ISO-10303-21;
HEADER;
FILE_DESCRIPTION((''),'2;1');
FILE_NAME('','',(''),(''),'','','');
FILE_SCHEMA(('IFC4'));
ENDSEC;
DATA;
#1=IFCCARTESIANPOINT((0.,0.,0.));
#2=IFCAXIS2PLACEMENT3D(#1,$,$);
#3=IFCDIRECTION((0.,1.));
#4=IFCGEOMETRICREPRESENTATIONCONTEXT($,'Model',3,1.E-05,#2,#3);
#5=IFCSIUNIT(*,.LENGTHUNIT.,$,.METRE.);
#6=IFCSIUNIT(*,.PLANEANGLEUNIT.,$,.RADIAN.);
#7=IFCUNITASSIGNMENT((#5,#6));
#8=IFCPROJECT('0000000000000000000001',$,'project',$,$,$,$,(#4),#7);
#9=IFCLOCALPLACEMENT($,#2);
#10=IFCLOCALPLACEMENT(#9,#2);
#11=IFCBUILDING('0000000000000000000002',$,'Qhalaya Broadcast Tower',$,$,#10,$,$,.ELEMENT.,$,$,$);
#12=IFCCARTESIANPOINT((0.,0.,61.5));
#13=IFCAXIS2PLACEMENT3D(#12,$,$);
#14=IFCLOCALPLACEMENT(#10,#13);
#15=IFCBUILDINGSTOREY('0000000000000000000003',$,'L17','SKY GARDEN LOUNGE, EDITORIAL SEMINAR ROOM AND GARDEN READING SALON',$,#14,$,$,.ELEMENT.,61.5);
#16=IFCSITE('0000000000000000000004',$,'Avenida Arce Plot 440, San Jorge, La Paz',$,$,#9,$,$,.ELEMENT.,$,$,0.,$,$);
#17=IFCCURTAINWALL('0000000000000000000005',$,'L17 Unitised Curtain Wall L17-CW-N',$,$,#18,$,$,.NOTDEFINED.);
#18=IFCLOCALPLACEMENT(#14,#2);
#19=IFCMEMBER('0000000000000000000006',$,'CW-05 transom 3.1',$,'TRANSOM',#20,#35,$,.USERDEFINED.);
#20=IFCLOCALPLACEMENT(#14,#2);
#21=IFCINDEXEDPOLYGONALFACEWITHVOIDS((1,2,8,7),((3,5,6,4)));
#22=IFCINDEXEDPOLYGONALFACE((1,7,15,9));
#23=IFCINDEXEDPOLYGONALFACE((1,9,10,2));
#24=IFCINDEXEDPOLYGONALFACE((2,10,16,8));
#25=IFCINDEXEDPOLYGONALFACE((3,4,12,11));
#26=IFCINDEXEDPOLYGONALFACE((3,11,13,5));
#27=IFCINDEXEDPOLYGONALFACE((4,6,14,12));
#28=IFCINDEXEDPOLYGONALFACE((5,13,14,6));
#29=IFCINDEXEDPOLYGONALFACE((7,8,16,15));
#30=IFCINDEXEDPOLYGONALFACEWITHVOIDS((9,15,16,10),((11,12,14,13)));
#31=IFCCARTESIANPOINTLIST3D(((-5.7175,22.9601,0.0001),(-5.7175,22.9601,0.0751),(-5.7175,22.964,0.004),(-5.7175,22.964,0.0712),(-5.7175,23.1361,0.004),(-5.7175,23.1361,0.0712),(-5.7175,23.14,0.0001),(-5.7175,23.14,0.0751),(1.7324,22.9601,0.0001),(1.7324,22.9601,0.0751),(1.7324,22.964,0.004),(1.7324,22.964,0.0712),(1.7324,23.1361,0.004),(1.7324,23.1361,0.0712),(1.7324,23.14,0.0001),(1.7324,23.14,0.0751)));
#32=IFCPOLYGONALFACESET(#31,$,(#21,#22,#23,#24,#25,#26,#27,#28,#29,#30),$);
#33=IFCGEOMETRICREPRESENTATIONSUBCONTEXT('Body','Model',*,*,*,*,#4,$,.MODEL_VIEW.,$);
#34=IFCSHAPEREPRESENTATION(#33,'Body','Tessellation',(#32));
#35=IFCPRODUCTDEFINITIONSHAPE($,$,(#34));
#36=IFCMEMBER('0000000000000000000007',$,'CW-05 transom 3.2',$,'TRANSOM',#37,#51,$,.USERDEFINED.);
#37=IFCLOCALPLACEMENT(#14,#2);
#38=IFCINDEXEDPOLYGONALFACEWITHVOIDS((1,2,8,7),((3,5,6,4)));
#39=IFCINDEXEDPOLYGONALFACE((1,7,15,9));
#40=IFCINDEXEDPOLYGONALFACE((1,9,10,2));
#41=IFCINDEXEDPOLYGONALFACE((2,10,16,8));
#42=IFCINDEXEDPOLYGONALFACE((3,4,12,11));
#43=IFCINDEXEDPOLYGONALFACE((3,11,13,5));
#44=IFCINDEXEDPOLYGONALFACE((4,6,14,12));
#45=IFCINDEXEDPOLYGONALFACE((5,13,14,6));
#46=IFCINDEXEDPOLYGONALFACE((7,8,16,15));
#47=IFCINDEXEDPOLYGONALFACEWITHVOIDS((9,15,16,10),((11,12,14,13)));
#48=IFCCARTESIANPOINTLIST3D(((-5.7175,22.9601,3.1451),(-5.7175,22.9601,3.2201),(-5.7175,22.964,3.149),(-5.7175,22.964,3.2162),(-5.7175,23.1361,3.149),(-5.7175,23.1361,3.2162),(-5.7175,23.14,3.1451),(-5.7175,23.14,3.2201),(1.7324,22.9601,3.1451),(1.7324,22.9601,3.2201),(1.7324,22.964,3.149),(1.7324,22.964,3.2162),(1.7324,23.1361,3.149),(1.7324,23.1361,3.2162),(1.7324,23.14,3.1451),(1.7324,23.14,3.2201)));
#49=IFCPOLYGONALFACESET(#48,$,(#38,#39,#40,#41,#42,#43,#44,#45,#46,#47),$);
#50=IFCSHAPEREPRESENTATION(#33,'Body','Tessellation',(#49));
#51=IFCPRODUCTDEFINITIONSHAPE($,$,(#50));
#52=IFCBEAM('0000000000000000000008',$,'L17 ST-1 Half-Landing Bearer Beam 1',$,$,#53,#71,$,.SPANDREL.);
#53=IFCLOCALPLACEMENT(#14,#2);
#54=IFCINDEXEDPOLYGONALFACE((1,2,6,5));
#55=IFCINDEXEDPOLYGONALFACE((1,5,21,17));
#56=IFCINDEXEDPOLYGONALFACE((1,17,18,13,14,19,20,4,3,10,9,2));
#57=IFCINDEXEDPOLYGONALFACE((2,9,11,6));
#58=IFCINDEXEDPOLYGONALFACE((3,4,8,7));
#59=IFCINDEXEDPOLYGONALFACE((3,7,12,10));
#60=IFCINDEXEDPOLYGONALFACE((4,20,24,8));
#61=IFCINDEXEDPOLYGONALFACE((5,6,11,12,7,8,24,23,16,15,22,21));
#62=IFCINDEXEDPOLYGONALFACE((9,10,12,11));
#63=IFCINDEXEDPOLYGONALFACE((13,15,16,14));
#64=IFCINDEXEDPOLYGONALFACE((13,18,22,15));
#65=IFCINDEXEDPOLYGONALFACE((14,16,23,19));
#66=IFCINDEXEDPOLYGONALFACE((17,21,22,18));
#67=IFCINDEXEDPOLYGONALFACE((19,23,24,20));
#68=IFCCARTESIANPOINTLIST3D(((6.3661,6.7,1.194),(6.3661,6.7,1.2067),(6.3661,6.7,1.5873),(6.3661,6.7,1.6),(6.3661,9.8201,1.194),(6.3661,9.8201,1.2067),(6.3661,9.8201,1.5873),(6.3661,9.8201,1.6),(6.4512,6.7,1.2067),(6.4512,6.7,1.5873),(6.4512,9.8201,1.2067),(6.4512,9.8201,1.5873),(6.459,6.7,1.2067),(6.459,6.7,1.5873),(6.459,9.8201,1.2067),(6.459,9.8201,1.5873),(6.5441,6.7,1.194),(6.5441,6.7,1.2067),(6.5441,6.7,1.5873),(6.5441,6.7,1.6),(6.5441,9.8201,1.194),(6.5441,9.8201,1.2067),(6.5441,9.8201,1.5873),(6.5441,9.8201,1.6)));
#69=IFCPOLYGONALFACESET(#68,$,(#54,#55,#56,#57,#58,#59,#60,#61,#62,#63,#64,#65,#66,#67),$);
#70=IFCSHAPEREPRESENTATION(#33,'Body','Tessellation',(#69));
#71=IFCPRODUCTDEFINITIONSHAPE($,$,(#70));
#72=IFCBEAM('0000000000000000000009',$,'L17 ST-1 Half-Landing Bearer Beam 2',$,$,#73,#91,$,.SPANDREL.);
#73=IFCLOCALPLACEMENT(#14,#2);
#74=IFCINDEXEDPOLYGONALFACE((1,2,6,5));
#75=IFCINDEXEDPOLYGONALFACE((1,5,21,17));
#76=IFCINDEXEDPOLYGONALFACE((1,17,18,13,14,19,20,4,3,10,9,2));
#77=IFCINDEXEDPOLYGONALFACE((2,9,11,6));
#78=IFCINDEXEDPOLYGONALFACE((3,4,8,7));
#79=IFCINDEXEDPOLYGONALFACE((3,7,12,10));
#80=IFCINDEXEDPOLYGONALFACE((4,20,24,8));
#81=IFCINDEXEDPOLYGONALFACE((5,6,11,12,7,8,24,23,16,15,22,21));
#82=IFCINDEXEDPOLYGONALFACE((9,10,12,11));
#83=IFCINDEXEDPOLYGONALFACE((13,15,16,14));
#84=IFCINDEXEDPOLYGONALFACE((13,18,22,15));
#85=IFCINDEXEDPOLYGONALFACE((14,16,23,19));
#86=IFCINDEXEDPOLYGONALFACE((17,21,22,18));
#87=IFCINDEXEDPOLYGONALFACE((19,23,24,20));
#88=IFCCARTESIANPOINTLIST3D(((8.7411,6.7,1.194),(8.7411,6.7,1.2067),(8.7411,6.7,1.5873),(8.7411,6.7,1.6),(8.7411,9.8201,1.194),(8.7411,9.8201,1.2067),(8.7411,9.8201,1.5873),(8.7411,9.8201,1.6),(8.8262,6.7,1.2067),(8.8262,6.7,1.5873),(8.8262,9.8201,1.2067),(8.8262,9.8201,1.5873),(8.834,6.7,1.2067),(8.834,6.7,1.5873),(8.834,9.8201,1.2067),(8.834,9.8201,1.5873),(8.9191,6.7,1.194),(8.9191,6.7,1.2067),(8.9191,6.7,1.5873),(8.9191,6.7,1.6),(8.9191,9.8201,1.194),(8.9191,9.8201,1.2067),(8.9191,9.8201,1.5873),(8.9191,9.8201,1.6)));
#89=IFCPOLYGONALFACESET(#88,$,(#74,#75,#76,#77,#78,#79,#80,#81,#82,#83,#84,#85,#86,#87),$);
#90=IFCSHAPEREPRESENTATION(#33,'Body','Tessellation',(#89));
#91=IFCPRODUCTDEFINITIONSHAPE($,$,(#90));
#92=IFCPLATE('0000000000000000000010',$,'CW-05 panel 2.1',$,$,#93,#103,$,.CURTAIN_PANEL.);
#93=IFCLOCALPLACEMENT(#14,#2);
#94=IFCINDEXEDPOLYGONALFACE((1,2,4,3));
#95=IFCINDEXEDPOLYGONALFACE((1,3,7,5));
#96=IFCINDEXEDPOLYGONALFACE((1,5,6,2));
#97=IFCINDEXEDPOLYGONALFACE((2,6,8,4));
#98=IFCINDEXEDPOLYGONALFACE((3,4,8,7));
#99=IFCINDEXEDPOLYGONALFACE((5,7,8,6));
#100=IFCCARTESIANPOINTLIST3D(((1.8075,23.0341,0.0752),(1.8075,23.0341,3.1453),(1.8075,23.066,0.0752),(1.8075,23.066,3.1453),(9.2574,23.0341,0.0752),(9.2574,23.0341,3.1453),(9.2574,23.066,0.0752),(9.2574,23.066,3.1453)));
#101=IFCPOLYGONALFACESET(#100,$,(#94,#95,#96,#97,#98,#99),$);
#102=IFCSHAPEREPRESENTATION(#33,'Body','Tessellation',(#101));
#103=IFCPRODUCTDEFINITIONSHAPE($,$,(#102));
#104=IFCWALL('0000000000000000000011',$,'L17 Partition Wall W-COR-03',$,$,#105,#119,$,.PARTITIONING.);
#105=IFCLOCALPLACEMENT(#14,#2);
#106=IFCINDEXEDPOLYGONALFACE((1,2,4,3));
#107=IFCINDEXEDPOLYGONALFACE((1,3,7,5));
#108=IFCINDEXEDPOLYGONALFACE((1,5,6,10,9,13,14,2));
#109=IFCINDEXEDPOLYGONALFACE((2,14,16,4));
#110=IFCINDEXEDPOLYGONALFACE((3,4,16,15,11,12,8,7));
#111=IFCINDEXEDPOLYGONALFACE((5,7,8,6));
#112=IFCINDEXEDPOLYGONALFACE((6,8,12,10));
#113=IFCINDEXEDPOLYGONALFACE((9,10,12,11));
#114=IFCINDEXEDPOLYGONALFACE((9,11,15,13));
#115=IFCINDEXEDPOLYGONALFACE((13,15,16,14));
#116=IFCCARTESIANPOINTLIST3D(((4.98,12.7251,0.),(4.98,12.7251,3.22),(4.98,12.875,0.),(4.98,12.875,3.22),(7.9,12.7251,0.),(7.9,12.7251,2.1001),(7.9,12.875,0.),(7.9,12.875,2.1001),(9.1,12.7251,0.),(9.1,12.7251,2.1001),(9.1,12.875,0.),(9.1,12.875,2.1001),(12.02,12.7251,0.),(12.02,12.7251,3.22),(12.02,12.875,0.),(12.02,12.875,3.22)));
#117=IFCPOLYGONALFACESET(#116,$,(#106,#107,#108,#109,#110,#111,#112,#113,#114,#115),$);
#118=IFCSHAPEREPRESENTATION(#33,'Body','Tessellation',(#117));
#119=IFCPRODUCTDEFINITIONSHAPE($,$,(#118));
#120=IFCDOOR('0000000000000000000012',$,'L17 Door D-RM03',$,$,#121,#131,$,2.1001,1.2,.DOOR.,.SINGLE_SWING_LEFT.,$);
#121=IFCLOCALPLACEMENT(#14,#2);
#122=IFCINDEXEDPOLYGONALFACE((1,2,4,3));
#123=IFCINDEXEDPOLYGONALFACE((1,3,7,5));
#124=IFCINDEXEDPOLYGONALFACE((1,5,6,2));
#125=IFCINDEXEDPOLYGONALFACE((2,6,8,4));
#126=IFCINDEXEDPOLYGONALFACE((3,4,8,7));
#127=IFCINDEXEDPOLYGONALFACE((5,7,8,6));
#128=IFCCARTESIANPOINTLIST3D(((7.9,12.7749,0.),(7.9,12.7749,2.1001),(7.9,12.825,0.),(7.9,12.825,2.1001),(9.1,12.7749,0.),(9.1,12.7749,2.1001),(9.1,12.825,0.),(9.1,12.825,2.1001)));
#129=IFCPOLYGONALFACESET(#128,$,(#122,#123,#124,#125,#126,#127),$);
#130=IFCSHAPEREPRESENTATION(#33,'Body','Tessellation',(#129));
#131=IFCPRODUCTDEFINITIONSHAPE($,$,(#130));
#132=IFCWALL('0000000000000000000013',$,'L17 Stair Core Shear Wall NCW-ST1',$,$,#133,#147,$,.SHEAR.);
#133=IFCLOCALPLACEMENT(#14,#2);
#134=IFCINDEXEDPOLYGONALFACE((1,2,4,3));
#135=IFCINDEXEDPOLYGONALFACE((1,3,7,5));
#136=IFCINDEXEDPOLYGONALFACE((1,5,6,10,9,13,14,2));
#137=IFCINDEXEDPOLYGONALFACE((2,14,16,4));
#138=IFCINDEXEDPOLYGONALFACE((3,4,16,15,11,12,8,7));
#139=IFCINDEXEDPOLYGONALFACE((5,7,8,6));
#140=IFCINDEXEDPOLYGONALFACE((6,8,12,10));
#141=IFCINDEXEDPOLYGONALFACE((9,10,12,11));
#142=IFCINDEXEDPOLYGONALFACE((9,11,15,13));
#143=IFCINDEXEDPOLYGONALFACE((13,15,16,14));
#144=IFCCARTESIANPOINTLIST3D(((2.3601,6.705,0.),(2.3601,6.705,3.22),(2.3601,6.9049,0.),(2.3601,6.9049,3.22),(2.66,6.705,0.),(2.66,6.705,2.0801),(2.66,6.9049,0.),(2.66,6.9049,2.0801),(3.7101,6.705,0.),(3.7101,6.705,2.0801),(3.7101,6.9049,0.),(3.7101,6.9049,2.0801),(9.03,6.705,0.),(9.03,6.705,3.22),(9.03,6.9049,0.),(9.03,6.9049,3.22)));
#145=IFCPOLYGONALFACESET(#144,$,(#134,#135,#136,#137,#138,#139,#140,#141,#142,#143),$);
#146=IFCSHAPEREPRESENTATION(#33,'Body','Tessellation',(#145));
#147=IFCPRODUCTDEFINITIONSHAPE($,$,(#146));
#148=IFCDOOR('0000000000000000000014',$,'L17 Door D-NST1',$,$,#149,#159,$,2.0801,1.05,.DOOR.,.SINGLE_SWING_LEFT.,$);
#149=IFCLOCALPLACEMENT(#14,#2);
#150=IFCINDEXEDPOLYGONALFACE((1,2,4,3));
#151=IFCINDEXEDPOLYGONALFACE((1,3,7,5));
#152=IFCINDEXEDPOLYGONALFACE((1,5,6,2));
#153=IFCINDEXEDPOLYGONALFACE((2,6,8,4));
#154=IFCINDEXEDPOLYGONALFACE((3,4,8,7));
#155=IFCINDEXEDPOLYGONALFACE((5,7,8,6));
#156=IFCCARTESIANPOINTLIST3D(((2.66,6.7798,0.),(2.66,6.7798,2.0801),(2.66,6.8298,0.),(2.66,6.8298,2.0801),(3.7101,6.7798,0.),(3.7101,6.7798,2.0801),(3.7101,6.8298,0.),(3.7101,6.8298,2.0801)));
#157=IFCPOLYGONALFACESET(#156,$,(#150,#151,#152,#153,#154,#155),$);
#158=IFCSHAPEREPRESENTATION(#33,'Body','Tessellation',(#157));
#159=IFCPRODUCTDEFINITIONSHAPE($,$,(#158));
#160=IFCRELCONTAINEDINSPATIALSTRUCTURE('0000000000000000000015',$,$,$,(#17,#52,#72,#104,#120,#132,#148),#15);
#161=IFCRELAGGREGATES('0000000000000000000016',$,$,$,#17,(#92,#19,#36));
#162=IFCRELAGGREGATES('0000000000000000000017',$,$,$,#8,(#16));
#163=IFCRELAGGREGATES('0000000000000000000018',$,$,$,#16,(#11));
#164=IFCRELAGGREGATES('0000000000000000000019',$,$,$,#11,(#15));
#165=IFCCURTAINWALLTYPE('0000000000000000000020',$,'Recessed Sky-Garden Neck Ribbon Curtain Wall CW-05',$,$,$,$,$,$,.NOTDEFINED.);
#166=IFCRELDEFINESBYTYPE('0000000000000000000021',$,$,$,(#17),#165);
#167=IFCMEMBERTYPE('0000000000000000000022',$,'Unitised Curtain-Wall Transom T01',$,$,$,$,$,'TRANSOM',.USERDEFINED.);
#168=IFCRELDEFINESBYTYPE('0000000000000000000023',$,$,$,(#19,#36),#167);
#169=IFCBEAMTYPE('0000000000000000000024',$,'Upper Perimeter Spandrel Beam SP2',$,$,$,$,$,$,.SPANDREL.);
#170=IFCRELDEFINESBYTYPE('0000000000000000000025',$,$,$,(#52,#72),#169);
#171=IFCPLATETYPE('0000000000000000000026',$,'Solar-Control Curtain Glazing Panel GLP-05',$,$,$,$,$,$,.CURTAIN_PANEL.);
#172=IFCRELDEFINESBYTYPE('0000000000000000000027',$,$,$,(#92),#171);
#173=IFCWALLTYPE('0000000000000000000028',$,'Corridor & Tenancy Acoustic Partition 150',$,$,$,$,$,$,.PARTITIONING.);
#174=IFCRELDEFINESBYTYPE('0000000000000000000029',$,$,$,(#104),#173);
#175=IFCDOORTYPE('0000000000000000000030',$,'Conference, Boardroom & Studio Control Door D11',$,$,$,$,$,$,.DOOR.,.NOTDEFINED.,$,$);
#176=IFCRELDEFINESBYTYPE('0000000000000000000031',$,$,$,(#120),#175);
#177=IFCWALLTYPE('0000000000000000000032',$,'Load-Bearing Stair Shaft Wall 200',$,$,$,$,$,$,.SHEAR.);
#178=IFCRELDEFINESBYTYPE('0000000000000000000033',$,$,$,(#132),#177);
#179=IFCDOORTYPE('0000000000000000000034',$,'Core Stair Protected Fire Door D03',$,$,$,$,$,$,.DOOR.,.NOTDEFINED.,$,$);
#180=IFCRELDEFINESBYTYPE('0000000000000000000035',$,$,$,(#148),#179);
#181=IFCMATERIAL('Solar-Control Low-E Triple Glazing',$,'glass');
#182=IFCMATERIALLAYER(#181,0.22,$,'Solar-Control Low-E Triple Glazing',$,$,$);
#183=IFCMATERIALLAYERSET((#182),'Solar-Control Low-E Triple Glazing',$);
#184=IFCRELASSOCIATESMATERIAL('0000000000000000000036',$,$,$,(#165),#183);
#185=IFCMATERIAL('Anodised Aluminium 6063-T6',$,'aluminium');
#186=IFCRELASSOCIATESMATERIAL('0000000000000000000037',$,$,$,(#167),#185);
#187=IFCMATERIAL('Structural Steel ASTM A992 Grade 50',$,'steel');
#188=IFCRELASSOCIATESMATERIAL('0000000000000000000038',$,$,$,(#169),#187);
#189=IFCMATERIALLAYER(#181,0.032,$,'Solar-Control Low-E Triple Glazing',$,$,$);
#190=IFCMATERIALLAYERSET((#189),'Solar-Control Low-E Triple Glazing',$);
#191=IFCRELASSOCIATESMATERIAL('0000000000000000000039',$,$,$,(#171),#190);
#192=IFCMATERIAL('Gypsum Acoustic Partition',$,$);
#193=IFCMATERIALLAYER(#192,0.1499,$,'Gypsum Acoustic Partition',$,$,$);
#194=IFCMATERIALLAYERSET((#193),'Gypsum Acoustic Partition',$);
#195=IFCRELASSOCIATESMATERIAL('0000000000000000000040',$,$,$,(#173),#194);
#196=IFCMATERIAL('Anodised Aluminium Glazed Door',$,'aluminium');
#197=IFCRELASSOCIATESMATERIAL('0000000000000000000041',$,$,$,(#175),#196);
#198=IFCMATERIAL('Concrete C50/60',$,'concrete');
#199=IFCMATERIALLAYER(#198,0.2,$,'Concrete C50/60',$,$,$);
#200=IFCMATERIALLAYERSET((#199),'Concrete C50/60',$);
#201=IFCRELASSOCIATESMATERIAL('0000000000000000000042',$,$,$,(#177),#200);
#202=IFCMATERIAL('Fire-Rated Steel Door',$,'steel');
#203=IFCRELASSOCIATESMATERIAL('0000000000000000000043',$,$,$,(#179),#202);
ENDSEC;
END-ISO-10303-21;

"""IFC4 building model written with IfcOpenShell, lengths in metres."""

from ifc_helpers import new_model, si_unit, direction, frame, frame_2d, origin, origin_2d, place, context, subcontext, project, spatial, rectangle, hollow_rectangle, i_section, extrude, material, layer, layer_set, material_profile, profile_set, type_object, element, fill, aggregate, save


model = new_model("IFC4")

# Units and contexts
model_context = context("Model", 3, precision=1e-05, world=origin(), true_north=direction((0.0, 1.0)))
body_context = subcontext(model_context, "Body", "Model", "MODEL_VIEW")
ifc_project = project(units=[si_unit("LENGTHUNIT", "METRE"), si_unit("PLANEANGLEUNIT", "RADIAN")], contexts=[model_context])

# Site, building, storey
site_placement = place(None, origin())
site = spatial("IfcSite", under=ifc_project, at=site_placement, Name="Avenida Arce Plot 440, San Jorge, La Paz", CompositionType="ELEMENT", RefElevation=0.0)
building_placement = place(site_placement, origin())
building = spatial("IfcBuilding", under=site, at=building_placement, Name="Qhalaya Broadcast Tower", CompositionType="ELEMENT")
storey_placement = place(building_placement, frame((0.0, 0.0, 61.5)))
storey = spatial("IfcBuildingStorey", under=building, at=storey_placement, Name="L17", Description="SKY GARDEN LOUNGE, EDITORIAL SEMINAR ROOM AND GARDEN READING SALON", CompositionType="ELEMENT", Elevation=61.5)

# Shared definitions
ifc_material_1 = material(Name="Concrete C50/60", Category="concrete")

# Shared definitions
ifc_material_2 = material(Name="Structural Steel ASTM A992 Grade 50", Category="steel")

# Curtain wall, members
ifc_material_3 = material(Name="Solar-Control Low-E Triple Glazing", Category="glass")
ifc_layer_1 = layer(ifc_material_3, 0.22, Name="Solar-Control Low-E Triple Glazing")
ifc_layer_set_1 = layer_set([ifc_layer_1], Name="Solar-Control Low-E Triple Glazing")
curtain_wall_type = type_object("IfcCurtainWallType", Name="Recessed Sky-Garden Neck Ribbon Curtain Wall CW-05", PredefinedType="NOTDEFINED", material=ifc_layer_set_1)
curtain_wall_placement = place(storey_placement, origin())
curtain_wall = element("IfcCurtainWall", 1, at=curtain_wall_placement, inside=storey, type_object=curtain_wall_type, Name="L17 Unitised Curtain Wall L17-CW-N", PredefinedType="NOTDEFINED")
ifc_material_4 = material(Name="Anodised Aluminium 6063-T6", Category="aluminium")
ifc_material_profile_1 = material_profile(ifc_material_4, hollow_rectangle(XDim=0.075, YDim=0.1799, WallThickness=0.0039, at=origin_2d()), Name="ALU-TRN 75x180x4")
ifc_profile_set_1 = profile_set([ifc_material_profile_1], Name="Anodised Aluminium 6063-T6")
member_type_1 = type_object("IfcMemberType", Name="Unitised Curtain-Wall Transom T01", ElementType="TRANSOM", PredefinedType="USERDEFINED", material=ifc_profile_set_1)
member_1_placement = place(storey_placement, frame((1.7324, 23.05, 0.0376), z_axis=(-1.0, 0.0, 0.0), x_axis=(0.0, 0.0, 1.0)))
member_1 = element("IfcMember", 2, at=member_1_placement, type_object=member_type_1, Name="CW-05 transom 3.1", ObjectType="TRANSOM", PredefinedType="USERDEFINED", context=body_context, shape_type="SweptSolid", body=[
    extrude(hollow_rectangle(XDim=0.075, YDim=0.1799, WallThickness=0.0039, at=origin_2d()), origin(), (0.0, 0.0, 1.0), 7.45),
])
member_2_placement = place(storey_placement, frame((1.7324, 23.05, 3.1826), z_axis=(-1.0, 0.0, 0.0), x_axis=(0.0, 0.0, 1.0)))
member_2 = element("IfcMember", 3, at=member_2_placement, type_object=member_type_1, Name="CW-05 transom 3.2", ObjectType="TRANSOM", PredefinedType="USERDEFINED", context=body_context, shape_type="SweptSolid", body=[
    extrude(hollow_rectangle(XDim=0.075, YDim=0.1799, WallThickness=0.0039, at=origin_2d()), origin(), (0.0, 0.0, 1.0), 7.45),
])

# Beams
ifc_material_profile_2 = material_profile(ifc_material_2, i_section(OverallWidth=0.178, OverallDepth=0.406, WebThickness=0.0078, FlangeThickness=0.0127, at=origin_2d()), Name="W16X40")
ifc_profile_set_2 = profile_set([ifc_material_profile_2], Name="Structural Steel ASTM A992 Grade 50")
beam_type_1 = type_object("IfcBeamType", Name="Upper Perimeter Spandrel Beam SP2", PredefinedType="SPANDREL", material=ifc_profile_set_2)
for number, where, z_axis, x_axis, name in (
    (4, (6.4551, 6.7, 1.397), (0.0, 1.0, 0.0), (-1.0, 0.0, 0.0), "L17 ST-1 Half-Landing Bearer Beam 1"),
    (5, (8.8301, 6.7, 1.397), (0.0, 1.0, 0.0), (-1.0, 0.0, 0.0), "L17 ST-1 Half-Landing Bearer Beam 2"),
):
    element("IfcBeam", number, at=place(storey_placement, frame(where, z_axis=z_axis, x_axis=x_axis)), inside=storey, type_object=beam_type_1, Name=name, PredefinedType="SPANDREL", context=body_context, shape_type="SweptSolid", body=[
        extrude(i_section(OverallWidth=0.178, OverallDepth=0.406, WebThickness=0.0078, FlangeThickness=0.0127, at=origin_2d()), origin(), (0.0, 0.0, 1.0), 3.1201),
    ])

# Plate
ifc_layer_2 = layer(ifc_material_3, 0.032, Name="Solar-Control Low-E Triple Glazing")
ifc_layer_set_2 = layer_set([ifc_layer_2], Name="Solar-Control Low-E Triple Glazing")
plate_type = type_object("IfcPlateType", Name="Solar-Control Curtain Glazing Panel GLP-05", PredefinedType="CURTAIN_PANEL", material=ifc_layer_set_2)
plate_placement = place(storey_placement, frame((5.5325, 23.05, 0.0752), z_axis=(0.0, 0.0, 1.0), x_axis=(-1.0, 0.0, 0.0)))
plate = element("IfcPlate", 6, at=plate_placement, type_object=plate_type, Name="CW-05 panel 2.1", PredefinedType="CURTAIN_PANEL", context=body_context, shape_type="SweptSolid", body=[
    extrude(rectangle(XDim=7.45, YDim=0.032, at=origin_2d()), origin(), (0.0, 0.0, 1.0), 3.0701),
])
aggregate(curtain_wall, [plate, member_1, member_2])

# Walls, openings, doors
ifc_material_5 = material(Name="Gypsum Acoustic Partition")
ifc_layer_3 = layer(ifc_material_5, 0.1499, Name="Gypsum Acoustic Partition")
ifc_layer_set_3 = layer_set([ifc_layer_3], Name="Gypsum Acoustic Partition")
wall_type_1 = type_object("IfcWallType", Name="Corridor & Tenancy Acoustic Partition 150", PredefinedType="PARTITIONING", material=ifc_layer_set_3)
wall_1_placement = place(storey_placement, frame((4.98, 12.8, 0.0), z_axis=(0.0, 0.0, 1.0), x_axis=(1.0, 0.0, 0.0)))
wall_1 = element("IfcWall", 7, at=wall_1_placement, inside=storey, type_object=wall_type_1, Name="L17 Partition Wall W-COR-03", PredefinedType="PARTITIONING", context=body_context, shape_type="SweptSolid", body=[
    extrude(rectangle(XDim=7.04, YDim=0.1499, at=frame_2d((3.52, 0.0))), origin(), (0.0, 0.0, 1.0), 3.22),
])
opening_1_placement = place(wall_1_placement, frame((2.9199, 0.0, 0.0)))
opening_1 = element("IfcOpeningElement", 8, at=opening_1_placement, cuts=wall_1, PredefinedType="OPENING", context=body_context, shape_type="SweptSolid", body=[
    extrude(rectangle(XDim=1.2, YDim=2.1001, at=frame_2d((0.6001, 1.05))), frame((0.0, 0.0869, 0.0), z_axis=(0.0, -1.0, 0.0), x_axis=(1.0, 0.0, 0.0)), (0.0, 0.0, 1.0), 0.1738),
])
ifc_material_6 = material(Name="Anodised Aluminium Glazed Door", Category="aluminium")
door_type_1 = type_object("IfcDoorType", Name="Conference, Boardroom & Studio Control Door D11", OperationType="NOTDEFINED", PredefinedType="DOOR", material=ifc_material_6)
door_1_placement = place(opening_1_placement, origin())
door_1 = element("IfcDoor", 9, at=door_1_placement, inside=storey, type_object=door_type_1, Name="L17 Door D-RM03", OperationType="SINGLE_SWING_LEFT", OverallHeight=2.1001, OverallWidth=1.2, PredefinedType="DOOR", context=body_context, shape_type="SweptSolid", body=[
    extrude(rectangle(XDim=1.2, YDim=2.1001, at=frame_2d((0.6001, 1.05))), frame((0.0, 0.0249, 0.0), z_axis=(0.0, -1.0, 0.0), x_axis=(1.0, 0.0, 0.0)), (0.0, 0.0, 1.0), 0.05),
])
fill(opening_1, door_1)
ifc_layer_4 = layer(ifc_material_1, 0.2, Name="Concrete C50/60")
ifc_layer_set_4 = layer_set([ifc_layer_4], Name="Concrete C50/60")
wall_type_2 = type_object("IfcWallType", Name="Load-Bearing Stair Shaft Wall 200", PredefinedType="SHEAR", material=ifc_layer_set_4)
wall_2_placement = place(storey_placement, frame((2.3601, 6.8049, 0.0), z_axis=(0.0, 0.0, 1.0), x_axis=(1.0, 0.0, 0.0)))
wall_2 = element("IfcWall", 10, at=wall_2_placement, inside=storey, type_object=wall_type_2, Name="L17 Stair Core Shear Wall NCW-ST1", PredefinedType="SHEAR", context=body_context, shape_type="SweptSolid", body=[
    extrude(rectangle(XDim=6.6699, YDim=0.2, at=frame_2d((3.335, 0.0))), origin(), (0.0, 0.0, 1.0), 3.22),
])
opening_2_placement = place(wall_2_placement, frame((0.3, 0.0, 0.0)))
opening_2 = element("IfcOpeningElement", 11, at=opening_2_placement, cuts=wall_2, PredefinedType="OPENING", context=body_context, shape_type="SweptSolid", body=[
    extrude(rectangle(XDim=1.05, YDim=2.0801, at=frame_2d((0.5249, 1.04))), frame((0.0, 0.1121, 0.0), z_axis=(0.0, -1.0, 0.0), x_axis=(1.0, 0.0, 0.0)), (0.0, 0.0, 1.0), 0.2239),
])
ifc_material_7 = material(Name="Fire-Rated Steel Door", Category="steel")
door_type_2 = type_object("IfcDoorType", Name="Core Stair Protected Fire Door D03", OperationType="NOTDEFINED", PredefinedType="DOOR", material=ifc_material_7)
door_2_placement = place(opening_2_placement, origin())
door_2 = element("IfcDoor", 12, at=door_2_placement, inside=storey, type_object=door_type_2, Name="L17 Door D-NST1", OperationType="SINGLE_SWING_LEFT", OverallHeight=2.0801, OverallWidth=1.05, PredefinedType="DOOR", context=body_context, shape_type="SweptSolid", body=[
    extrude(rectangle(XDim=1.05, YDim=2.0801, at=frame_2d((0.5249, 1.04))), frame((0.0, 0.0249, 0.0), z_axis=(0.0, -1.0, 0.0), x_axis=(1.0, 0.0, 0.0)), (0.0, 0.0, 1.0), 0.05),
])
fill(opening_2, door_2)

save(model, "model.ifc")
